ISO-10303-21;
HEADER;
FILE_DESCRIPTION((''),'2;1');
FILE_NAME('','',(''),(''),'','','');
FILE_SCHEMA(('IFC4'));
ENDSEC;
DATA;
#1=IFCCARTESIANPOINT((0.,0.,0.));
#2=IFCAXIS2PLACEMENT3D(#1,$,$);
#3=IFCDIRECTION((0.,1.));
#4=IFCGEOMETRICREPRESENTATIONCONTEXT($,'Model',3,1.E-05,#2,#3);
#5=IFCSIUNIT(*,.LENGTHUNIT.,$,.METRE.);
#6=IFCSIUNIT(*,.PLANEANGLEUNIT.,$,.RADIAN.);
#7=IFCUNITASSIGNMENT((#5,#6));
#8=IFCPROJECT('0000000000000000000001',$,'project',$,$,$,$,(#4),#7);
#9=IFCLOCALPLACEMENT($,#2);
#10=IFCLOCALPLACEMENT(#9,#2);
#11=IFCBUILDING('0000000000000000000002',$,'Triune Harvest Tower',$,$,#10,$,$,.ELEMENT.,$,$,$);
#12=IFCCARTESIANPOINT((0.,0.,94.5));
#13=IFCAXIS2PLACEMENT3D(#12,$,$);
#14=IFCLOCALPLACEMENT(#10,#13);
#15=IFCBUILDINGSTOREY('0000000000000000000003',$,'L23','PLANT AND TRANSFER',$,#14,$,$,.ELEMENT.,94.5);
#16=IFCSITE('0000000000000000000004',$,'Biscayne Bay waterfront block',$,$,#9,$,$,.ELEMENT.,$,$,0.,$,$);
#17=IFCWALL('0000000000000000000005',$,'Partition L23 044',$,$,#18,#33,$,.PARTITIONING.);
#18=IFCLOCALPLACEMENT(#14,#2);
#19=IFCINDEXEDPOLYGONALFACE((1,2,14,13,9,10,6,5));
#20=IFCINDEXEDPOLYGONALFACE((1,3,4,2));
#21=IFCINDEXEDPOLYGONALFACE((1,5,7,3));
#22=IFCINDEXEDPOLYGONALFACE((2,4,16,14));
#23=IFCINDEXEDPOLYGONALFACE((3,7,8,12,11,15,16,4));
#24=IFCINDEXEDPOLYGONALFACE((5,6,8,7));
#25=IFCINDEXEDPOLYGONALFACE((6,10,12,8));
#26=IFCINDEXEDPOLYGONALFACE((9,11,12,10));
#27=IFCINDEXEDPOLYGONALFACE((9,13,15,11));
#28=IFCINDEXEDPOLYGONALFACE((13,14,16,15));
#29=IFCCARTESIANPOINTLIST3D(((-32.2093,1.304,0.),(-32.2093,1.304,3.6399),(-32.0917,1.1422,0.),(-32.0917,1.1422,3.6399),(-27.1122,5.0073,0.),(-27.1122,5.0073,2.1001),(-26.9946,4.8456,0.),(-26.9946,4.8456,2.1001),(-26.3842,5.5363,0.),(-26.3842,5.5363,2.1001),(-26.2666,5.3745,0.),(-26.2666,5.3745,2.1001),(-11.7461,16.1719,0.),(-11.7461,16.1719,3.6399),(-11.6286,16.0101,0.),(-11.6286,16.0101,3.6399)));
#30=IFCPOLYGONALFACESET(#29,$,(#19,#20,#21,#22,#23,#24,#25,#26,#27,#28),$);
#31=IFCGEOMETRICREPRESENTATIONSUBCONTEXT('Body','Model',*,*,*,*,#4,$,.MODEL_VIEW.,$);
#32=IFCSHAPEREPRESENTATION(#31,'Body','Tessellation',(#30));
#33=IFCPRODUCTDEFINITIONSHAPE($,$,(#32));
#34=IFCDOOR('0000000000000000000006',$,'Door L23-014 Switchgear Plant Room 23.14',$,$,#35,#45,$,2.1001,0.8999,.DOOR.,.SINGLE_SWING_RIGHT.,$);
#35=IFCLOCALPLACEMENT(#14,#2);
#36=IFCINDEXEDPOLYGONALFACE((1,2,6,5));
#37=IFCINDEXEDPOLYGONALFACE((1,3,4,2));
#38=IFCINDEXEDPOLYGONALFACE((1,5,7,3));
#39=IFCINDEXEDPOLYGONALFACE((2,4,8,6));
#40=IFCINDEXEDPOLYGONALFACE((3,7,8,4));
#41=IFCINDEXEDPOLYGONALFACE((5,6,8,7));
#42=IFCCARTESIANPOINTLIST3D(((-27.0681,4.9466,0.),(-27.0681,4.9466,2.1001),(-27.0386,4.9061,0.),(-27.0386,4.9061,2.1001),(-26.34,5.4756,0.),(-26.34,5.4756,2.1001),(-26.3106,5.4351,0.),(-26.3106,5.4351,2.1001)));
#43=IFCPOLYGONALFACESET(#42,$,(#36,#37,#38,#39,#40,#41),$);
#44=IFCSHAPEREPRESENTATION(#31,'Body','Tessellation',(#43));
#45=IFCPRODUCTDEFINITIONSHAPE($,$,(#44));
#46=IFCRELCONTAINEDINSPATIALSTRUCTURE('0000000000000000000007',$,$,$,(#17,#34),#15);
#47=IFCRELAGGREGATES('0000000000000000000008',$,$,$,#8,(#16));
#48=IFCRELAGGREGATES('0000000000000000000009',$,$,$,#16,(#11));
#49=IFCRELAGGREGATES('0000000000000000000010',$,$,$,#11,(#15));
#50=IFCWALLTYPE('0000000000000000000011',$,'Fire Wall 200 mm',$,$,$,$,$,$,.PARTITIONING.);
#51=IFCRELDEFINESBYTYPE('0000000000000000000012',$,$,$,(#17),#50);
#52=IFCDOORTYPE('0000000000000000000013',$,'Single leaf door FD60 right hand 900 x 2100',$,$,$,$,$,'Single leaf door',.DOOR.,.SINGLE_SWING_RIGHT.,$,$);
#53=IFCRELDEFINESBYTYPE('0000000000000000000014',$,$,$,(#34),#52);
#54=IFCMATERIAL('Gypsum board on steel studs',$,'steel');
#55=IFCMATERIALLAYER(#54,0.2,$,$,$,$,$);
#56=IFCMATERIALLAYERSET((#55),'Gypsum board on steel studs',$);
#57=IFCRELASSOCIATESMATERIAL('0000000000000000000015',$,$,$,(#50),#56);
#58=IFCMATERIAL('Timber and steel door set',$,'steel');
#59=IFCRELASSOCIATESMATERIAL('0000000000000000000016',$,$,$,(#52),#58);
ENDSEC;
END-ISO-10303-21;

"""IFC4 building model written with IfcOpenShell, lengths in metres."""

from ifc_helpers import new_model, si_unit, direction, frame, frame_2d, origin, place, context, subcontext, project, spatial, rectangle, extrude, material, layer, layer_set, type_object, element, fill, save


model = new_model("IFC4")

# Units and contexts
model_context = context("Model", 3, precision=1e-05, world=origin(), true_north=direction((0.0, 1.0)))
body_context = subcontext(model_context, "Body", "Model", "MODEL_VIEW")
ifc_project = project(units=[si_unit("LENGTHUNIT", "METRE"), si_unit("PLANEANGLEUNIT", "RADIAN")], contexts=[model_context])

# Site, building, storey
site_placement = place(None, origin())
site = spatial("IfcSite", under=ifc_project, at=site_placement, Name="Biscayne Bay waterfront block", CompositionType="ELEMENT", RefElevation=0.0)
building_placement = place(site_placement, origin())
building = spatial("IfcBuilding", under=site, at=building_placement, Name="Triune Harvest Tower", CompositionType="ELEMENT")
storey_placement = place(building_placement, frame((0.0, 0.0, 94.5)))
storey = spatial("IfcBuildingStorey", under=building, at=storey_placement, Name="L23", Description="PLANT AND TRANSFER", CompositionType="ELEMENT", Elevation=94.5)

# Shared definitions
ifc_material_1 = material(Name="Gypsum board on steel studs", Category="steel")
ifc_layer_1 = layer(ifc_material_1, 0.2)
ifc_layer_set_1 = layer_set([ifc_layer_1], Name="Gypsum board on steel studs")
wall_type = type_object("IfcWallType", Name="Fire Wall 200 mm", PredefinedType="PARTITIONING", material=ifc_layer_set_1)

# Wall, opening, door
wall_1_placement = place(storey_placement, frame((-32.1504, 1.2231, 0.0), z_axis=(0.0, 0.0, 1.0), x_axis=(0.809006, 0.5878, 0.0)))
wall_1 = element("IfcWall", 1, at=wall_1_placement, inside=storey, type_object=wall_type, Name="Partition L23 044", PredefinedType="PARTITIONING", context=body_context, shape_type="SweptSolid", body=[
    extrude(rectangle(XDim=25.2942, YDim=0.2, at=frame_2d((12.647, 0.0))), origin(), (0.0, 0.0, 1.0), 3.6399),
])
opening_placement = place(wall_1_placement, frame((6.3003, 0.0, 0.0)))
opening = element("IfcOpeningElement", 2, at=opening_placement, cuts=wall_1, PredefinedType="OPENING", context=body_context, shape_type="SweptSolid", body=[
    extrude(rectangle(XDim=0.8999, YDim=2.1001, at=frame_2d((0.45, 1.05))), frame((0.0, 0.1099, 0.0), z_axis=(0.0, -1.0, 0.0), x_axis=(1.0, 0.0, 0.0)), (0.0, 0.0, 1.0), 0.22),
])
ifc_material_2 = material(Name="Timber and steel door set", Category="steel")
door_type = type_object("IfcDoorType", Name="Single leaf door FD60 right hand 900 x 2100", ElementType="Single leaf door", OperationType="SINGLE_SWING_RIGHT", PredefinedType="DOOR", material=ifc_material_2)
door_placement = place(opening_placement, origin())
door = element("IfcDoor", 3, at=door_placement, inside=storey, type_object=door_type, Name="Door L23-014 Switchgear Plant Room 23.14", OperationType="SINGLE_SWING_RIGHT", OverallHeight=2.1001, OverallWidth=0.8999, PredefinedType="DOOR", context=body_context, shape_type="SweptSolid", body=[
    extrude(rectangle(XDim=0.8999, YDim=2.1001, at=frame_2d((0.45, 1.05))), frame((0.0, 0.0249, 0.0), z_axis=(0.0, -1.0, 0.0), x_axis=(1.0, 0.0, 0.0)), (0.0, 0.0, 1.0), 0.05),
])
fill(opening, door)

save(model, "model.ifc")
